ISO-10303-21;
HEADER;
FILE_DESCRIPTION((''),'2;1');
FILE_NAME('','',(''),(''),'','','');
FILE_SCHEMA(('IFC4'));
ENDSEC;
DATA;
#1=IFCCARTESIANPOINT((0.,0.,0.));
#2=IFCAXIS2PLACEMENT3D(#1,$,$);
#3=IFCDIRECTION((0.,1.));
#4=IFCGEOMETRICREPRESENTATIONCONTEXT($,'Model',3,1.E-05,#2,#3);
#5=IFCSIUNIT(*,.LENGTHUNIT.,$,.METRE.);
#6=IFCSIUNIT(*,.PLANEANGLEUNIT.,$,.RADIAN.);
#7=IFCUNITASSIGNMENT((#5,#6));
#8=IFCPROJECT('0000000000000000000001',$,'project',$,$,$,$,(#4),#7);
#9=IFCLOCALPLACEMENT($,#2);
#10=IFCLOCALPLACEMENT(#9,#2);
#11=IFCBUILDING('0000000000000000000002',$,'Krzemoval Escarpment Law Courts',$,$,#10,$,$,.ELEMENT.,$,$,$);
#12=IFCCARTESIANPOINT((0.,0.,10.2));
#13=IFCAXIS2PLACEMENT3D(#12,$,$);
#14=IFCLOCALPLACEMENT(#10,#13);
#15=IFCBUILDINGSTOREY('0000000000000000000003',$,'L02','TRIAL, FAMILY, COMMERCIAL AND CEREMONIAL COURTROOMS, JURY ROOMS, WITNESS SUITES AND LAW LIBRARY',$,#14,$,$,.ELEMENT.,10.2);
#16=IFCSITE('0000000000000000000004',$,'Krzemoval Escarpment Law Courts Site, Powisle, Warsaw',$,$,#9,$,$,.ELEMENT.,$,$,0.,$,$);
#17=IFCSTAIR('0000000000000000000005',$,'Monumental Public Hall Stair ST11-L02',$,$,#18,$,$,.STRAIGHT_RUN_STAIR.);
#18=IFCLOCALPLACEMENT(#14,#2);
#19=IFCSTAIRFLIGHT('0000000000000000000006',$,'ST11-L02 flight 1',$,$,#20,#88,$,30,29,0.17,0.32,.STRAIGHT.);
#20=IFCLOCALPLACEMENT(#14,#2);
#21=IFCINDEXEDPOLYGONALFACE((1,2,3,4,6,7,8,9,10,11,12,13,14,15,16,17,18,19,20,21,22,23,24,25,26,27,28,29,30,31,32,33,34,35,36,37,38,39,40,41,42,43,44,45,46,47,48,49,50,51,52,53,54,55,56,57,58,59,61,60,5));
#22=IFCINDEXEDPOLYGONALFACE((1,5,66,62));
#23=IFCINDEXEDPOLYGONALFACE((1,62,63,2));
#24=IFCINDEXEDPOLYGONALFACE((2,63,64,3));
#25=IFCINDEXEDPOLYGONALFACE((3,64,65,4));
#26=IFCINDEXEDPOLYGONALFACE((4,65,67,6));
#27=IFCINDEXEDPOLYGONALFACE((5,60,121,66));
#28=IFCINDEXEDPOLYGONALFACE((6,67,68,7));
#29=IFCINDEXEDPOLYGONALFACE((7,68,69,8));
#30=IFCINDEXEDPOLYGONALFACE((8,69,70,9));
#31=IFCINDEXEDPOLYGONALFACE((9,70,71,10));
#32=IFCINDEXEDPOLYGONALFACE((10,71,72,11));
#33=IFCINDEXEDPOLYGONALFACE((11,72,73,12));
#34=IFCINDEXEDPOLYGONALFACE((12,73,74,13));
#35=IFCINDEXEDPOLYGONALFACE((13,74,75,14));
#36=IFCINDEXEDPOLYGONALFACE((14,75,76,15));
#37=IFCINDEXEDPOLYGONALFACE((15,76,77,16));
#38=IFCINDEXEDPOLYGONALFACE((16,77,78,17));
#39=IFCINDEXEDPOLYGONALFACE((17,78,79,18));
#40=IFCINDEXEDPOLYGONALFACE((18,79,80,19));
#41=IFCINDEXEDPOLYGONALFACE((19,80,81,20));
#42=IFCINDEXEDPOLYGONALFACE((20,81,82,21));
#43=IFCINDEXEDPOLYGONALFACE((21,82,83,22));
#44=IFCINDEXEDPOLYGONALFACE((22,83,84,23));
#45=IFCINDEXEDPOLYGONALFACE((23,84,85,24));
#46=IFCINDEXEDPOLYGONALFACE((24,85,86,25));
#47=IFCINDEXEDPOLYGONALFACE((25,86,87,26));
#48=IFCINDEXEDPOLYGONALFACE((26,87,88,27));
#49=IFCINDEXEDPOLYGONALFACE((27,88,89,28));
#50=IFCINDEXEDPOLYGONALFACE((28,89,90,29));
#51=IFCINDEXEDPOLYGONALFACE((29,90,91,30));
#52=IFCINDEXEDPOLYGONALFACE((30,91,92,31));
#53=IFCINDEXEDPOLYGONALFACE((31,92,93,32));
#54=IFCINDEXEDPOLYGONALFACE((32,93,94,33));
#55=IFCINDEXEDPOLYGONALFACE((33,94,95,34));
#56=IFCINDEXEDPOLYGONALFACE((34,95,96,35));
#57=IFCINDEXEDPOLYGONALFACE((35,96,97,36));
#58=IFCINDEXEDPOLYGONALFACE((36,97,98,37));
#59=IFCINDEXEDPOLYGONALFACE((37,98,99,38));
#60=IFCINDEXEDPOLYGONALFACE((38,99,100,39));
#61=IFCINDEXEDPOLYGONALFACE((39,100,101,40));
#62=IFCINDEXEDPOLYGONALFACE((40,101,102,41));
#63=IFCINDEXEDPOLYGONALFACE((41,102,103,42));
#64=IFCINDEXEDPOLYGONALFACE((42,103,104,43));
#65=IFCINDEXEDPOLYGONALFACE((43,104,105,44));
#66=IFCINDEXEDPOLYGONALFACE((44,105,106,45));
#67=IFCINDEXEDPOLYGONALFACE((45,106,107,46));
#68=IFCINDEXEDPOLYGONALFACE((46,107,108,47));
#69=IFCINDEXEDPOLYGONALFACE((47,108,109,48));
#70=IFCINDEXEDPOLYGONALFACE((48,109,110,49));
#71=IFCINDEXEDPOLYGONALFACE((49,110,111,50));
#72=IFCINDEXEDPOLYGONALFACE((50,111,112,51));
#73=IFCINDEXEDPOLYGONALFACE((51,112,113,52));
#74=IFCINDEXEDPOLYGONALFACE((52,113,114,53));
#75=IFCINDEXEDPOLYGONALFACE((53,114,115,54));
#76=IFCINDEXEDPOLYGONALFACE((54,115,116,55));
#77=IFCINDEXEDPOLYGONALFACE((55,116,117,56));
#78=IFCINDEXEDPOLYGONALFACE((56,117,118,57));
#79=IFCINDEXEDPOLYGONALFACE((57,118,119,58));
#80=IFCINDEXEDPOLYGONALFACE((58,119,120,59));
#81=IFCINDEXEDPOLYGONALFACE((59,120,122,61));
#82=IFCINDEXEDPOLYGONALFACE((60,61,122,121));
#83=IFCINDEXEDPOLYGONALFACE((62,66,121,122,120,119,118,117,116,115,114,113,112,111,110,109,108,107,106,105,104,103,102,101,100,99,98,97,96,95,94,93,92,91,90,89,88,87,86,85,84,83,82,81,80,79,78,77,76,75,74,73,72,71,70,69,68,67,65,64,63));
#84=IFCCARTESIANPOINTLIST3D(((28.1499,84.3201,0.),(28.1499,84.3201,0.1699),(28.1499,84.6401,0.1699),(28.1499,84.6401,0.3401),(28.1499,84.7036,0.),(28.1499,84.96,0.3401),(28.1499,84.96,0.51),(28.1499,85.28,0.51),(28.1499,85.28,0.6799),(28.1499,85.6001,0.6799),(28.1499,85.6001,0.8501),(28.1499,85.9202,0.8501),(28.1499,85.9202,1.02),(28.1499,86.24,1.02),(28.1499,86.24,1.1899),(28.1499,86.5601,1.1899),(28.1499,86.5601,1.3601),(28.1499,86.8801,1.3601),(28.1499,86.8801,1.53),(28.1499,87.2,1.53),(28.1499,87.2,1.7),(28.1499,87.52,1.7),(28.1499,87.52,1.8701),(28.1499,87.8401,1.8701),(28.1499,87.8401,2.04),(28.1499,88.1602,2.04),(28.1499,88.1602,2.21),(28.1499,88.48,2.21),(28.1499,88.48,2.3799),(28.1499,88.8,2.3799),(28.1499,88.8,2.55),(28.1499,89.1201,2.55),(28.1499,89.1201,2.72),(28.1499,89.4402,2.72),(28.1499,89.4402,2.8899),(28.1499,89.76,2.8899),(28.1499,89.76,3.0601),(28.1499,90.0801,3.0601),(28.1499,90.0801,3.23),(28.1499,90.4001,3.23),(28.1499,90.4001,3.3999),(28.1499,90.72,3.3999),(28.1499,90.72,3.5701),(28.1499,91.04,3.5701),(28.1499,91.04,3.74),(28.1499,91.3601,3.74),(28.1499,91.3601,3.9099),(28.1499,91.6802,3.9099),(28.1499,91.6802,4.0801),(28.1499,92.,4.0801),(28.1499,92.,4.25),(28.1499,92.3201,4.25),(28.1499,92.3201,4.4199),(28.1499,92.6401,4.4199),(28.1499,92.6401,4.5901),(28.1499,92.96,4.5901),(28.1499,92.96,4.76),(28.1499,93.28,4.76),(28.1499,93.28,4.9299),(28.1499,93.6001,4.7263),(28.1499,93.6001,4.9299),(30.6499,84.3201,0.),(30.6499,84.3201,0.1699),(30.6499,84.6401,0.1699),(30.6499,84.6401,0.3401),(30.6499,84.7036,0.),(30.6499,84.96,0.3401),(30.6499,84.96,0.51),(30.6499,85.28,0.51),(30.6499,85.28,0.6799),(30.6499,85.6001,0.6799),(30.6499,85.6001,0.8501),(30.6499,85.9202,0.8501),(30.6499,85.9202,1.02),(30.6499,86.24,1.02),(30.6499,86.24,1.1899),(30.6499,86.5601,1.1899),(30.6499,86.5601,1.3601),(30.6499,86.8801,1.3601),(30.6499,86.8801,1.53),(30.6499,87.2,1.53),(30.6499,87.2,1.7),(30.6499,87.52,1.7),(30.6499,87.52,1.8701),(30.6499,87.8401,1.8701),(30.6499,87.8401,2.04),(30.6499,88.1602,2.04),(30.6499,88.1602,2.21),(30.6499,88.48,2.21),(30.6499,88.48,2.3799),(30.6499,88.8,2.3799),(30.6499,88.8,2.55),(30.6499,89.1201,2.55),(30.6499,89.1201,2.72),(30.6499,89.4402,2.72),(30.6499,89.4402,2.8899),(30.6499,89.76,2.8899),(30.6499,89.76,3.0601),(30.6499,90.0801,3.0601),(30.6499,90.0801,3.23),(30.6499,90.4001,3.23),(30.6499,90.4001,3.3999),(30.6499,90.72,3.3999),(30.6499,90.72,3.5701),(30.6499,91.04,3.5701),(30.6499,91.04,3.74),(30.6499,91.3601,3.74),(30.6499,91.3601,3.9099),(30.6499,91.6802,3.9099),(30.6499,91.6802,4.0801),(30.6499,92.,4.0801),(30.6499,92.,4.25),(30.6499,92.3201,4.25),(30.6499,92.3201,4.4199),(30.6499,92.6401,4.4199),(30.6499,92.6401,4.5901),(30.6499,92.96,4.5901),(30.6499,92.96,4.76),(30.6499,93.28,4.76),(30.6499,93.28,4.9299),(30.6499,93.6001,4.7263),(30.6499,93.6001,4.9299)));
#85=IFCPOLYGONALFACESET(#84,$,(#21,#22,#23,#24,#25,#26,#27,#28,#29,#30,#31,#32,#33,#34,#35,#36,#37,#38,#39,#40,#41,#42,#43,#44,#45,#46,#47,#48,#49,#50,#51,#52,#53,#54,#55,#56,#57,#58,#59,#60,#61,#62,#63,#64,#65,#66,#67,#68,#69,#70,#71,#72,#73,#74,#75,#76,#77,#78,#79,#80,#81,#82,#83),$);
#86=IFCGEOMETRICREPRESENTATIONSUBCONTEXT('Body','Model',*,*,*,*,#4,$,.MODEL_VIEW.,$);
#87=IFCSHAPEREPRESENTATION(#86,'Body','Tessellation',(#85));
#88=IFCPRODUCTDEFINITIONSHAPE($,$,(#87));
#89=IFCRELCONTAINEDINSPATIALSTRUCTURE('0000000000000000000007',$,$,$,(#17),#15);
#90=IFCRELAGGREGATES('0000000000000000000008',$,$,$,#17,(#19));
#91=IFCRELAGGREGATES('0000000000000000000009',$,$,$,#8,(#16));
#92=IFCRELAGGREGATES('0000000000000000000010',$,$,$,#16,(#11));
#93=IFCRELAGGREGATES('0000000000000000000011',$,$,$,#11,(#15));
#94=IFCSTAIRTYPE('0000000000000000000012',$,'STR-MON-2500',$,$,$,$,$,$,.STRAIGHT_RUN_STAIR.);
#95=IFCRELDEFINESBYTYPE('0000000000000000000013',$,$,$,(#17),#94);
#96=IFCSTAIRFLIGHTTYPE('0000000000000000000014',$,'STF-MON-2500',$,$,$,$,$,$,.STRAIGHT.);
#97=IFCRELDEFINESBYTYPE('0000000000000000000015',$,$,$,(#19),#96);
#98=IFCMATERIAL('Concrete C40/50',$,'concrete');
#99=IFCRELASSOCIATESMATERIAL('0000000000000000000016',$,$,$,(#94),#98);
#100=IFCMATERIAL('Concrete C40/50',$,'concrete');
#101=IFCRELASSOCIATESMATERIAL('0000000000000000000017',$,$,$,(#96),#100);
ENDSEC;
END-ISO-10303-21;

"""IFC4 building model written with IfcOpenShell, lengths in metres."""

from ifc_helpers import new_model, si_unit, direction, frame, origin, place, context, subcontext, project, spatial, polyline, outline, extrude, material, type_object, element, aggregate, save


model = new_model("IFC4")

# Units and contexts
model_context = context("Model", 3, precision=1e-05, world=origin(), true_north=direction((0.0, 1.0)))
body_context = subcontext(model_context, "Body", "Model", "MODEL_VIEW")
ifc_project = project(units=[si_unit("LENGTHUNIT", "METRE"), si_unit("PLANEANGLEUNIT", "RADIAN")], contexts=[model_context])

# Site, building, storey
site_placement = place(None, origin())
site = spatial("IfcSite", under=ifc_project, at=site_placement, Name="Krzemoval Escarpment Law Courts Site, Powisle, Warsaw", CompositionType="ELEMENT", RefElevation=0.0)
building_placement = place(site_placement, origin())
building = spatial("IfcBuilding", under=site, at=building_placement, Name="Krzemoval Escarpment Law Courts", CompositionType="ELEMENT")
storey_placement = place(building_placement, frame((0.0, 0.0, 10.2)))
storey = spatial("IfcBuildingStorey", under=building, at=storey_placement, Name="L02", Description="TRIAL, FAMILY, COMMERCIAL AND CEREMONIAL COURTROOMS, JURY ROOMS, WITNESS SUITES AND LAW LIBRARY", CompositionType="ELEMENT", Elevation=10.2)

# Stair, stair flight
ifc_material_1 = material(Name="Concrete C40/50", Category="concrete")
stair_type = type_object("IfcStairType", Name="STR-MON-2500", PredefinedType="STRAIGHT_RUN_STAIR", material=ifc_material_1)
stair_placement = place(storey_placement, origin())
stair = element("IfcStair", 1, at=stair_placement, inside=storey, type_object=stair_type, Name="Monumental Public Hall Stair ST11-L02", PredefinedType="STRAIGHT_RUN_STAIR")
ifc_material_2 = material(Name="Concrete C40/50", Category="concrete")
stair_flight_type = type_object("IfcStairFlightType", Name="STF-MON-2500", PredefinedType="STRAIGHT", material=ifc_material_2)
stair_flight_placement = place(storey_placement, frame((29.3999, 84.3201, 0.0), z_axis=(0.0, 0.0, 1.0), x_axis=(0.0, 1.0, 0.0)))
stair_flight = element("IfcStairFlight", 2, at=stair_flight_placement, type_object=stair_flight_type, Name="ST11-L02 flight 1", NumberOfRisers=30, NumberOfTreads=29, PredefinedType="STRAIGHT", RiserHeight=0.17, TreadLength=0.32, context=body_context, shape_type="SweptSolid", body=[
    extrude(outline(polyline([(0.0, 0.0), (0.0, 0.1699), (0.3201, 0.1699), (0.3201, 0.3401), (0.6399, 0.3401), (0.6399, 0.51), (0.96, 0.51), (0.96, 0.6799), (1.28, 0.6799), (1.28, 0.8501), (1.6001, 0.8501), (1.6001, 1.02), (1.9199, 1.02), (1.9199, 1.1899), (2.24, 1.1899), (2.24, 1.3601), (2.5601, 1.3601), (2.5601, 1.53), (2.8799, 1.53), (2.8799, 1.7), (3.2, 1.7), (3.2, 1.8701), (3.52, 1.8701), (3.52, 2.04), (3.8401, 2.04), (3.8401, 2.21), (4.1599, 2.21), (4.1599, 2.3799), (4.48, 2.3799), (4.48, 2.55), (4.8, 2.55), (4.8, 2.72), (5.1201, 2.72), (5.1201, 2.8899), (5.4399, 2.8899), (5.4399, 3.0601), (5.76, 3.0601), (5.76, 3.23), (6.0801, 3.23), (6.0801, 3.3999), (6.3999, 3.3999), (6.3999, 3.5701), (6.72, 3.5701), (6.72, 3.74), (7.04, 3.74), (7.04, 3.9099), (7.3601, 3.9099), (7.3601, 4.0801), (7.6799, 4.0801), (7.6799, 4.25), (8.0, 4.25), (8.0, 4.4199), (8.3201, 4.4199), (8.3201, 4.5901), (8.6399, 4.5901), (8.6399, 4.76), (8.96, 4.76), (8.96, 4.9299), (9.28, 4.9299), (9.28, 5.1001), (9.28, 4.7263), (0.3835, 0.0), (0.0, 0.0)])), frame((0.0, 1.25, 0.0), z_axis=(0.0, -1.0, 0.0), x_axis=(1.0, 0.0, 0.0)), (0.0, 0.0, 1.0), 2.5),
])
aggregate(stair, [stair_flight])

save(model, "model.ifc")
